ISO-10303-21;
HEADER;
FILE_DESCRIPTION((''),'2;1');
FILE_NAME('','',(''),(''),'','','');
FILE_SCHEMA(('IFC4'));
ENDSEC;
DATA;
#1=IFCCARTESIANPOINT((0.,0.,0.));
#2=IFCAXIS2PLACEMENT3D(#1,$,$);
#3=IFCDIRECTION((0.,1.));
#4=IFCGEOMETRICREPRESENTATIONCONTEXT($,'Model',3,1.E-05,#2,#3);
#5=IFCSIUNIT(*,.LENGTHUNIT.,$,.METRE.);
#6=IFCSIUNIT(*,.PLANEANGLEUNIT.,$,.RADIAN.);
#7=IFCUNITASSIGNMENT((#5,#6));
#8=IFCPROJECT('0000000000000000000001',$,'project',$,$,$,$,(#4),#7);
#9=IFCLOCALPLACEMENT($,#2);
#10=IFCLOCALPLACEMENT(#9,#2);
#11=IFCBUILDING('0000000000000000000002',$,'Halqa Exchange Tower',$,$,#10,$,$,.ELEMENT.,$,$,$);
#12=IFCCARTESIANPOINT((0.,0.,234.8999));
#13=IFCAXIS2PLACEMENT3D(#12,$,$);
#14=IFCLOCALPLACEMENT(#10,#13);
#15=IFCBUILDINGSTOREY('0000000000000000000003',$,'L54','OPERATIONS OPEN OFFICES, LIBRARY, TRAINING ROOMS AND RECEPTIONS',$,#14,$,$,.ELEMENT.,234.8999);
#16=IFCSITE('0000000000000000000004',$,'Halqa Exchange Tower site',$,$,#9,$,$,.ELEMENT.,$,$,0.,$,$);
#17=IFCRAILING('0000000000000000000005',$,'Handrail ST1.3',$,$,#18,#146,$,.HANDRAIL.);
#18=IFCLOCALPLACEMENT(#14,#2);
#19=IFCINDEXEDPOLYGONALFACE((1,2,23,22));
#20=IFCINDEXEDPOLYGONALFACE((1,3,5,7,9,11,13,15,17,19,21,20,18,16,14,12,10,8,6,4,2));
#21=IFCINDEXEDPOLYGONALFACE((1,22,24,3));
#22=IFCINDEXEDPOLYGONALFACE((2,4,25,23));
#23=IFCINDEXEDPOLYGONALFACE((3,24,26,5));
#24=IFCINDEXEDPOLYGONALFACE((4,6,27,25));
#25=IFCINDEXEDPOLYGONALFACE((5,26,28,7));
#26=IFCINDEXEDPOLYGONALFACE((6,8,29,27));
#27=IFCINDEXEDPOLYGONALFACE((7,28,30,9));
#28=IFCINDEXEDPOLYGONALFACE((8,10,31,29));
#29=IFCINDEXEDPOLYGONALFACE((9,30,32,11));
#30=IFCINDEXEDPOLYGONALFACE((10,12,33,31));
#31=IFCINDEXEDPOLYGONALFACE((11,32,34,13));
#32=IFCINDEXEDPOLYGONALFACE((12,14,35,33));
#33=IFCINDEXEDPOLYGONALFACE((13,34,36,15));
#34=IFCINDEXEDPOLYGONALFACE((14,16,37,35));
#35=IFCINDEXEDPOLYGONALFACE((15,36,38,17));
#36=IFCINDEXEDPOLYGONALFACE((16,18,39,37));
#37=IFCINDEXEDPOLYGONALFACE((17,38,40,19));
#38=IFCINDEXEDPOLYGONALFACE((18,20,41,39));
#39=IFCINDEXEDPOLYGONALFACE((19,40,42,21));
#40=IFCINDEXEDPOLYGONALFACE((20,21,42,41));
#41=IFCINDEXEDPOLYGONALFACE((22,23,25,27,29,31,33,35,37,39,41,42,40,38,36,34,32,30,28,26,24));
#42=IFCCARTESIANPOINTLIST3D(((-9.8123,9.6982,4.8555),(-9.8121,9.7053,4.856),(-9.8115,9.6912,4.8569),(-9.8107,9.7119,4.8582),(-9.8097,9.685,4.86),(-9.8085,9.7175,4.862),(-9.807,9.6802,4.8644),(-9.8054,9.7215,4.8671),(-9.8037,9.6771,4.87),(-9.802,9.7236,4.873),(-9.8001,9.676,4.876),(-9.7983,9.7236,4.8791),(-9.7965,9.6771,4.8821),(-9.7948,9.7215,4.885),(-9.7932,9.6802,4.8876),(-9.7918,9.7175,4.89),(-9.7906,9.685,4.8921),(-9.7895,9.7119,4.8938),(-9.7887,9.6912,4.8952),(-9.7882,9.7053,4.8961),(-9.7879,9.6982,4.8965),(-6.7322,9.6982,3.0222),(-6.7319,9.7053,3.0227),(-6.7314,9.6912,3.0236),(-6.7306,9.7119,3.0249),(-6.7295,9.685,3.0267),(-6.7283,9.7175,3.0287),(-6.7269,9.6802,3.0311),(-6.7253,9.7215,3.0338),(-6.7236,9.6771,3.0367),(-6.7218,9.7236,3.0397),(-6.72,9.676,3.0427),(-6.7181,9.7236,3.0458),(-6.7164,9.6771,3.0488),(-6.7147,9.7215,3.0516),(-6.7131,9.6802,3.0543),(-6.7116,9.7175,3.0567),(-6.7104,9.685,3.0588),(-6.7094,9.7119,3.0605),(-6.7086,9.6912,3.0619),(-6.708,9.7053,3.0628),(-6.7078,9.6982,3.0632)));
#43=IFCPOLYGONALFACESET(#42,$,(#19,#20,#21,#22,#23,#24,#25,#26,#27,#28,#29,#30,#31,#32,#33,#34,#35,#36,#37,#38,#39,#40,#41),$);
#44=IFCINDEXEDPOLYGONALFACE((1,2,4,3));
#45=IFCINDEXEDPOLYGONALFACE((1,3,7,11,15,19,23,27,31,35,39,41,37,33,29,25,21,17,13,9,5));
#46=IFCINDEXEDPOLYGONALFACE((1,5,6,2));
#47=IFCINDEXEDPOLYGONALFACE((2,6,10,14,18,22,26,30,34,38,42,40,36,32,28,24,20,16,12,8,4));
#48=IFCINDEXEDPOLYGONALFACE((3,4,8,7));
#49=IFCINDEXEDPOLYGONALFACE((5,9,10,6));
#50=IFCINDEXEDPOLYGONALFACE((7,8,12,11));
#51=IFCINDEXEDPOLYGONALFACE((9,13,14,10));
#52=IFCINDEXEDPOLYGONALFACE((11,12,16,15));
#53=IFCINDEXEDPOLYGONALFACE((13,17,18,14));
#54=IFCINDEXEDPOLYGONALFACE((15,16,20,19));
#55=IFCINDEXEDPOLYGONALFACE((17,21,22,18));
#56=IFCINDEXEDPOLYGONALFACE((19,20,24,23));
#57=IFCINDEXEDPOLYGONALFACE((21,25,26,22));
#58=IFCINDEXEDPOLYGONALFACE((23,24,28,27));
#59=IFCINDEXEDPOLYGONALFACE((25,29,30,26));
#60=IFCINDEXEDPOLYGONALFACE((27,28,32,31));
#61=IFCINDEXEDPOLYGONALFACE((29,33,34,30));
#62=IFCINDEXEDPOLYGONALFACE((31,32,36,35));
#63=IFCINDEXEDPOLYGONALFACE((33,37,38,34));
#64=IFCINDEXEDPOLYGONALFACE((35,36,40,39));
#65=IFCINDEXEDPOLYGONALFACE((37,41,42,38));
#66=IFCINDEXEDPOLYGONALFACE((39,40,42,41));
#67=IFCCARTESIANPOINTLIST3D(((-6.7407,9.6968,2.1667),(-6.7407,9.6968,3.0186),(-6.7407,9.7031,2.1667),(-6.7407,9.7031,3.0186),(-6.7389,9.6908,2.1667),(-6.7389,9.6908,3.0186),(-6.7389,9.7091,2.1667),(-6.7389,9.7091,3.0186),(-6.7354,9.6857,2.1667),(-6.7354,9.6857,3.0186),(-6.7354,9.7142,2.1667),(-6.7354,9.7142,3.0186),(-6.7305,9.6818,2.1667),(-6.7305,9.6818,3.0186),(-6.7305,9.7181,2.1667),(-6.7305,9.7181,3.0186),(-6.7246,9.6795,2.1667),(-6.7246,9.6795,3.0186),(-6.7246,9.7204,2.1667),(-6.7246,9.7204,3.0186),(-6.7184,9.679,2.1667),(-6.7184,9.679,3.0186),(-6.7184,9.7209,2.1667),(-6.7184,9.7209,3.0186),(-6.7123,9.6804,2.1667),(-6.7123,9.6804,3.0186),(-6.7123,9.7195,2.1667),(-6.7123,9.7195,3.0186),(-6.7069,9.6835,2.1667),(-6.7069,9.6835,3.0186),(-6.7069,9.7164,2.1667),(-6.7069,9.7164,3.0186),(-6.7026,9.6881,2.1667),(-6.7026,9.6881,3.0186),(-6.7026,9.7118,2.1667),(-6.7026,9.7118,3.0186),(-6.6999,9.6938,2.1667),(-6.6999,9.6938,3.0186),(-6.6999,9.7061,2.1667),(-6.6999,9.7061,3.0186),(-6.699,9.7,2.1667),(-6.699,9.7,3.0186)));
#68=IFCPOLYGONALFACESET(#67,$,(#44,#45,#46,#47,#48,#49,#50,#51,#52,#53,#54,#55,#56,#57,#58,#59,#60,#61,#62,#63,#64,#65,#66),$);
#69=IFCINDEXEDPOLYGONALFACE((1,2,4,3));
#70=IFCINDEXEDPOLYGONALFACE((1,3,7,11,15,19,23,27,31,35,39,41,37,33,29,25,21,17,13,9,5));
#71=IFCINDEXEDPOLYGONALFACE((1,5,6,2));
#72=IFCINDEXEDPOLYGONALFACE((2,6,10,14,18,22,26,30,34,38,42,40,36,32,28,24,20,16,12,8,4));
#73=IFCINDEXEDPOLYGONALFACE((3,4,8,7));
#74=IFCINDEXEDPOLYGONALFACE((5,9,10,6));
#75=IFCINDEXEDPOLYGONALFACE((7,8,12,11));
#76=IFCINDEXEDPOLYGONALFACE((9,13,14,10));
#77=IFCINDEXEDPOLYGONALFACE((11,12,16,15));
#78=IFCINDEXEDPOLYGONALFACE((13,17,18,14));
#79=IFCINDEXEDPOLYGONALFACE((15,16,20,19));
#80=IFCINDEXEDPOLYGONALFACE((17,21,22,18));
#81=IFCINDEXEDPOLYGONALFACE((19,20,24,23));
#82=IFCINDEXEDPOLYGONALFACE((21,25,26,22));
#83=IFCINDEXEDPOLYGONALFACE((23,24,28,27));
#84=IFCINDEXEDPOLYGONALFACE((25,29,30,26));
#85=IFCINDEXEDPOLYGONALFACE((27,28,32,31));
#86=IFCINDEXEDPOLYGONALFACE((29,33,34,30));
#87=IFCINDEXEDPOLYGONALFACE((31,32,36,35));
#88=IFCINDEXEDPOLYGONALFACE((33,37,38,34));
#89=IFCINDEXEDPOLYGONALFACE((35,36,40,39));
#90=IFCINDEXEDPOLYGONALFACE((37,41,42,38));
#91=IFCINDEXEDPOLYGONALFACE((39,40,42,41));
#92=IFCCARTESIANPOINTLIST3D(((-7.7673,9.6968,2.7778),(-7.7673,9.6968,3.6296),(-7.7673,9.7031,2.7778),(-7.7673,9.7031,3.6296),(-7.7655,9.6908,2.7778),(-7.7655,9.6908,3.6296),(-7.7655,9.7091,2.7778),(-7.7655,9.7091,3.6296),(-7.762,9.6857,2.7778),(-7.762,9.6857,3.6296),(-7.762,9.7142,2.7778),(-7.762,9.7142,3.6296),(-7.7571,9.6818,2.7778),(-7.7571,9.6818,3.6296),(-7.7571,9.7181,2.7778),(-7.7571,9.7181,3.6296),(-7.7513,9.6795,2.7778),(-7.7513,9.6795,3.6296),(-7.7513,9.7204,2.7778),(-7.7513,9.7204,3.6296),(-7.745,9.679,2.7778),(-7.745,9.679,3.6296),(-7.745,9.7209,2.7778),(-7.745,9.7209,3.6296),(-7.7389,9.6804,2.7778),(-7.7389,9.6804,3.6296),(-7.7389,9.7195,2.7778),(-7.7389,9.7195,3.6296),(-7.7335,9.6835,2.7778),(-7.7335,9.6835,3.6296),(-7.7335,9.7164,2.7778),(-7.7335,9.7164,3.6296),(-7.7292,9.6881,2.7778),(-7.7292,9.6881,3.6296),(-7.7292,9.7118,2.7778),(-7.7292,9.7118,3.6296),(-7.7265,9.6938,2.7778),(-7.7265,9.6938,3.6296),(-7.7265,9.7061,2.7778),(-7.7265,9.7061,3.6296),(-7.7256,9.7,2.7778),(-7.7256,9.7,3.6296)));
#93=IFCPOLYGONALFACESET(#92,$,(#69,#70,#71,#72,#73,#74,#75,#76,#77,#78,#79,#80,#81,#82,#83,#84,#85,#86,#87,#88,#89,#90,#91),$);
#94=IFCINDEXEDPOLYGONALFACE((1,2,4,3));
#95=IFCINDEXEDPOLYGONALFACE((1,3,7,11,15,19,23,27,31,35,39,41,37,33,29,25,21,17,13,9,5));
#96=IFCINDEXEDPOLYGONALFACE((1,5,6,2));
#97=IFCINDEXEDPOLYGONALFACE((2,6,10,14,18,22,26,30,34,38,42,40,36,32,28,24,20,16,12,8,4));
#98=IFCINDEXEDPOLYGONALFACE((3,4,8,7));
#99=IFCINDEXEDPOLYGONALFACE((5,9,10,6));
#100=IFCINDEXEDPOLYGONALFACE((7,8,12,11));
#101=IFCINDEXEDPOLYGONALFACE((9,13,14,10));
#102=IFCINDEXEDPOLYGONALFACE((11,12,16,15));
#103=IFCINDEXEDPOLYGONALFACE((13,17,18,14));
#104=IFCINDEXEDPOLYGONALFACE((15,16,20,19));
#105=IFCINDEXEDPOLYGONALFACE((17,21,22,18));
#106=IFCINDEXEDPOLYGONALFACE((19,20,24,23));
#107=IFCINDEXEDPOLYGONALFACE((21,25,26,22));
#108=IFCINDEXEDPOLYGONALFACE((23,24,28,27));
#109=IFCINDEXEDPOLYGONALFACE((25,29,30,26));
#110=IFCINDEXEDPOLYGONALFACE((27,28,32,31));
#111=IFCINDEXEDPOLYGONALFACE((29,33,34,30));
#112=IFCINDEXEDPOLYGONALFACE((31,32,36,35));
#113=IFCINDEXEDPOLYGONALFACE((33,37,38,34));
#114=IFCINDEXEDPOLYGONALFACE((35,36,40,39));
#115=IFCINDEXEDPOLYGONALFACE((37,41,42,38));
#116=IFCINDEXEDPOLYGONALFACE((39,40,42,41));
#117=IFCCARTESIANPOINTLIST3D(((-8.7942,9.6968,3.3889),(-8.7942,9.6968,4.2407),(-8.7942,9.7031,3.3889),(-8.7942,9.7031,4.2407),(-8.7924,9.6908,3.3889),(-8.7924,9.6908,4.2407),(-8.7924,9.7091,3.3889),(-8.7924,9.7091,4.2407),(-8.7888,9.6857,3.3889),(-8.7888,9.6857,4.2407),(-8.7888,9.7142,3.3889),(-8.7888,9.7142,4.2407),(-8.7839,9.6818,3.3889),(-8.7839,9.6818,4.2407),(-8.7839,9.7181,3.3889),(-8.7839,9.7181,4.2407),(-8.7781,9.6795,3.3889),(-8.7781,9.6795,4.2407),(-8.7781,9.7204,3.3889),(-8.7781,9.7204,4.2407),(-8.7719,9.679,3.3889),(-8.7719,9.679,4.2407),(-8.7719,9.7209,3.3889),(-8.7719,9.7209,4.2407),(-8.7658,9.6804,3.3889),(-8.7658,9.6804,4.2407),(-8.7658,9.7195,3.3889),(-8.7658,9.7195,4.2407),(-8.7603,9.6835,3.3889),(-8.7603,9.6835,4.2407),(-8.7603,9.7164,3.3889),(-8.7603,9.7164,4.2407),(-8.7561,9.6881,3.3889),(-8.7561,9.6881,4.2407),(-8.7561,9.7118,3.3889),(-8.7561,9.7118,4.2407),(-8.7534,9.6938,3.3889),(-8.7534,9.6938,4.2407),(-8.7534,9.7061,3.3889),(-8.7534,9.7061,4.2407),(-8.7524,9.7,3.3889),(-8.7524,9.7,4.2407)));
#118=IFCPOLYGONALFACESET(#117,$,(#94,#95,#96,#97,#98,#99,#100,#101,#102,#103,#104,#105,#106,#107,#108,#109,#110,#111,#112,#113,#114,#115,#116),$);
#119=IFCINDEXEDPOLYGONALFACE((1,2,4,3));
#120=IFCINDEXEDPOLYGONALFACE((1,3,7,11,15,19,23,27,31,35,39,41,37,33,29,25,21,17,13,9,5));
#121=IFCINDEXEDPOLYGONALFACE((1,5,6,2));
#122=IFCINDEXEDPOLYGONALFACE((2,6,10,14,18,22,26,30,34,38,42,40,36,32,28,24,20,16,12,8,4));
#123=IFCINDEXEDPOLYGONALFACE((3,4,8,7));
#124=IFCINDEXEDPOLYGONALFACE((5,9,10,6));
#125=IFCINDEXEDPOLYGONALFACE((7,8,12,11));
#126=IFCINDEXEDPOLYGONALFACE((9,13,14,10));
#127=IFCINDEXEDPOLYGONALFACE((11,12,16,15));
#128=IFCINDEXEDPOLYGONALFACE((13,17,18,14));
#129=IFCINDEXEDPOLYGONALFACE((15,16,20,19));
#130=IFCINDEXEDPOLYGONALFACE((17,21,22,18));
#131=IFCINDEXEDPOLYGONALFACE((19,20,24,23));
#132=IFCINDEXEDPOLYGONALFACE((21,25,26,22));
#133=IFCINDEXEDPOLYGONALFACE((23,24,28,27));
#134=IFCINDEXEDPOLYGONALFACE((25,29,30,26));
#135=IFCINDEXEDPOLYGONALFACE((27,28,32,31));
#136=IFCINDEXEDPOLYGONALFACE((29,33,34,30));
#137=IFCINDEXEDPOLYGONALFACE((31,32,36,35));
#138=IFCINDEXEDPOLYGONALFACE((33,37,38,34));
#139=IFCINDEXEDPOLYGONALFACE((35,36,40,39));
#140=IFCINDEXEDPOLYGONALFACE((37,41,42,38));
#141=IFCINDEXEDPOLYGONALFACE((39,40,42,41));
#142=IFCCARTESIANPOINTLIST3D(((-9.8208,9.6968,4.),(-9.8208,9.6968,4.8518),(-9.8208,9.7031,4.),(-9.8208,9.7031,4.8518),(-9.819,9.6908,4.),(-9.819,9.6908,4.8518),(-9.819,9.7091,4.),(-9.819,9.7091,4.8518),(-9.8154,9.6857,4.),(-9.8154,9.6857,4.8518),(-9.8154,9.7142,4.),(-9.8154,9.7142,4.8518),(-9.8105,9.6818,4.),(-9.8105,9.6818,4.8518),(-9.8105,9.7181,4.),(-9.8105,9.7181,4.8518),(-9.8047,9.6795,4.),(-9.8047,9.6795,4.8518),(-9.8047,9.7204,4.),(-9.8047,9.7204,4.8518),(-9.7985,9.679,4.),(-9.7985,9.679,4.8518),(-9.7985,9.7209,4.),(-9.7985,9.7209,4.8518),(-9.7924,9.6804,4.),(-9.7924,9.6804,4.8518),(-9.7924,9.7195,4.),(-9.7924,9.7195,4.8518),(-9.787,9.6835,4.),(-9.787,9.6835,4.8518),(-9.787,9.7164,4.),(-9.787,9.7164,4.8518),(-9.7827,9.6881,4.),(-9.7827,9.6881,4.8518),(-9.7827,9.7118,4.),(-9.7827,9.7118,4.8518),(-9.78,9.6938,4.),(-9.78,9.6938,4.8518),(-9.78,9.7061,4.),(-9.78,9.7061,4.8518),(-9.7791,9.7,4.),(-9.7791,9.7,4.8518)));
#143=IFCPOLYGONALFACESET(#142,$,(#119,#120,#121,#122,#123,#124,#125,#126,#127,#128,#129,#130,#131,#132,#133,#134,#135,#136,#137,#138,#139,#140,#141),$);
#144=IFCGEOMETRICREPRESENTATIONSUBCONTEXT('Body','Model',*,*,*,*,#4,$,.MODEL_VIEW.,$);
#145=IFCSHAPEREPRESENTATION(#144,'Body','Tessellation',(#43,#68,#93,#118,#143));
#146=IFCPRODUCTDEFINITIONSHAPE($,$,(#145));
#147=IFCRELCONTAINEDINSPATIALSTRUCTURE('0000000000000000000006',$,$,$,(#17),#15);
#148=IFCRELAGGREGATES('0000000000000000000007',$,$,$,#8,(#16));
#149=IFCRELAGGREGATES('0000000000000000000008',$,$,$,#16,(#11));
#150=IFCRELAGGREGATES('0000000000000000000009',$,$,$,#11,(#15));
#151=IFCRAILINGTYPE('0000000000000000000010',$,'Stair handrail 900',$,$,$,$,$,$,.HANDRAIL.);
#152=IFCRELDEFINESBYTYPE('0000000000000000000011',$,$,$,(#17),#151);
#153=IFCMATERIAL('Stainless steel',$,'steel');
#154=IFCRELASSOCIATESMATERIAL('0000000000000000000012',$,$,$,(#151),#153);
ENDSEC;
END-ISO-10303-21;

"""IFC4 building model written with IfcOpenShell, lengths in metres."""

from ifc_helpers import new_model, si_unit, direction, frame, origin, origin_2d, place, context, subcontext, project, spatial, circle, extrude, material, type_object, element, save


model = new_model("IFC4")

# Units and contexts
model_context = context("Model", 3, precision=1e-05, world=origin(), true_north=direction((0.0, 1.0)))
body_context = subcontext(model_context, "Body", "Model", "MODEL_VIEW")
ifc_project = project(units=[si_unit("LENGTHUNIT", "METRE"), si_unit("PLANEANGLEUNIT", "RADIAN")], contexts=[model_context])

# Site, building, storey
site_placement = place(None, origin())
site = spatial("IfcSite", under=ifc_project, at=site_placement, Name="Halqa Exchange Tower site", CompositionType="ELEMENT", RefElevation=0.0)
building_placement = place(site_placement, origin())
building = spatial("IfcBuilding", under=site, at=building_placement, Name="Halqa Exchange Tower", CompositionType="ELEMENT")
storey_placement = place(building_placement, frame((0.0, 0.0, 234.8999)))
storey = spatial("IfcBuildingStorey", under=building, at=storey_placement, Name="L54", Description="OPERATIONS OPEN OFFICES, LIBRARY, TRAINING ROOMS AND RECEPTIONS", CompositionType="ELEMENT", Elevation=234.8999)

# Railing
ifc_material_1 = material(Name="Stainless steel", Category="steel")
railing_type_1 = type_object("IfcRailingType", Name="Stair handrail 900", PredefinedType="HANDRAIL", material=ifc_material_1)
railing_1_placement = place(storey_placement, frame((-6.72, 9.7, 2.1667)))
element("IfcRailing", 1, at=railing_1_placement, inside=storey, type_object=railing_type_1, Name="Handrail ST1.3", PredefinedType="HANDRAIL", context=body_context, shape_type="SweptSolid", body=[
    extrude(circle(Radius=0.0239, at=origin_2d()), frame((0.0, 0.0, 0.876), z_axis=(-0.859309, 0.0, 0.511458), x_axis=(0.0, -1.0, 0.0)), (0.0, 0.0, 1.0), 3.5845),
    extrude(circle(Radius=0.021, at=origin_2d()), origin(), (0.0, 0.0, 1.0), 0.8518),
    extrude(circle(Radius=0.021, at=origin_2d()), frame((-1.0266, 0.0, 0.6111)), (0.0, 0.0, 1.0), 0.8518),
    extrude(circle(Radius=0.021, at=origin_2d()), frame((-2.0535, 0.0, 1.2222)), (0.0, 0.0, 1.0), 0.8518),
    extrude(circle(Radius=0.021, at=origin_2d()), frame((-3.0801, 0.0, 1.8333)), (0.0, 0.0, 1.0), 0.8518),
])

save(model, "model.ifc")
